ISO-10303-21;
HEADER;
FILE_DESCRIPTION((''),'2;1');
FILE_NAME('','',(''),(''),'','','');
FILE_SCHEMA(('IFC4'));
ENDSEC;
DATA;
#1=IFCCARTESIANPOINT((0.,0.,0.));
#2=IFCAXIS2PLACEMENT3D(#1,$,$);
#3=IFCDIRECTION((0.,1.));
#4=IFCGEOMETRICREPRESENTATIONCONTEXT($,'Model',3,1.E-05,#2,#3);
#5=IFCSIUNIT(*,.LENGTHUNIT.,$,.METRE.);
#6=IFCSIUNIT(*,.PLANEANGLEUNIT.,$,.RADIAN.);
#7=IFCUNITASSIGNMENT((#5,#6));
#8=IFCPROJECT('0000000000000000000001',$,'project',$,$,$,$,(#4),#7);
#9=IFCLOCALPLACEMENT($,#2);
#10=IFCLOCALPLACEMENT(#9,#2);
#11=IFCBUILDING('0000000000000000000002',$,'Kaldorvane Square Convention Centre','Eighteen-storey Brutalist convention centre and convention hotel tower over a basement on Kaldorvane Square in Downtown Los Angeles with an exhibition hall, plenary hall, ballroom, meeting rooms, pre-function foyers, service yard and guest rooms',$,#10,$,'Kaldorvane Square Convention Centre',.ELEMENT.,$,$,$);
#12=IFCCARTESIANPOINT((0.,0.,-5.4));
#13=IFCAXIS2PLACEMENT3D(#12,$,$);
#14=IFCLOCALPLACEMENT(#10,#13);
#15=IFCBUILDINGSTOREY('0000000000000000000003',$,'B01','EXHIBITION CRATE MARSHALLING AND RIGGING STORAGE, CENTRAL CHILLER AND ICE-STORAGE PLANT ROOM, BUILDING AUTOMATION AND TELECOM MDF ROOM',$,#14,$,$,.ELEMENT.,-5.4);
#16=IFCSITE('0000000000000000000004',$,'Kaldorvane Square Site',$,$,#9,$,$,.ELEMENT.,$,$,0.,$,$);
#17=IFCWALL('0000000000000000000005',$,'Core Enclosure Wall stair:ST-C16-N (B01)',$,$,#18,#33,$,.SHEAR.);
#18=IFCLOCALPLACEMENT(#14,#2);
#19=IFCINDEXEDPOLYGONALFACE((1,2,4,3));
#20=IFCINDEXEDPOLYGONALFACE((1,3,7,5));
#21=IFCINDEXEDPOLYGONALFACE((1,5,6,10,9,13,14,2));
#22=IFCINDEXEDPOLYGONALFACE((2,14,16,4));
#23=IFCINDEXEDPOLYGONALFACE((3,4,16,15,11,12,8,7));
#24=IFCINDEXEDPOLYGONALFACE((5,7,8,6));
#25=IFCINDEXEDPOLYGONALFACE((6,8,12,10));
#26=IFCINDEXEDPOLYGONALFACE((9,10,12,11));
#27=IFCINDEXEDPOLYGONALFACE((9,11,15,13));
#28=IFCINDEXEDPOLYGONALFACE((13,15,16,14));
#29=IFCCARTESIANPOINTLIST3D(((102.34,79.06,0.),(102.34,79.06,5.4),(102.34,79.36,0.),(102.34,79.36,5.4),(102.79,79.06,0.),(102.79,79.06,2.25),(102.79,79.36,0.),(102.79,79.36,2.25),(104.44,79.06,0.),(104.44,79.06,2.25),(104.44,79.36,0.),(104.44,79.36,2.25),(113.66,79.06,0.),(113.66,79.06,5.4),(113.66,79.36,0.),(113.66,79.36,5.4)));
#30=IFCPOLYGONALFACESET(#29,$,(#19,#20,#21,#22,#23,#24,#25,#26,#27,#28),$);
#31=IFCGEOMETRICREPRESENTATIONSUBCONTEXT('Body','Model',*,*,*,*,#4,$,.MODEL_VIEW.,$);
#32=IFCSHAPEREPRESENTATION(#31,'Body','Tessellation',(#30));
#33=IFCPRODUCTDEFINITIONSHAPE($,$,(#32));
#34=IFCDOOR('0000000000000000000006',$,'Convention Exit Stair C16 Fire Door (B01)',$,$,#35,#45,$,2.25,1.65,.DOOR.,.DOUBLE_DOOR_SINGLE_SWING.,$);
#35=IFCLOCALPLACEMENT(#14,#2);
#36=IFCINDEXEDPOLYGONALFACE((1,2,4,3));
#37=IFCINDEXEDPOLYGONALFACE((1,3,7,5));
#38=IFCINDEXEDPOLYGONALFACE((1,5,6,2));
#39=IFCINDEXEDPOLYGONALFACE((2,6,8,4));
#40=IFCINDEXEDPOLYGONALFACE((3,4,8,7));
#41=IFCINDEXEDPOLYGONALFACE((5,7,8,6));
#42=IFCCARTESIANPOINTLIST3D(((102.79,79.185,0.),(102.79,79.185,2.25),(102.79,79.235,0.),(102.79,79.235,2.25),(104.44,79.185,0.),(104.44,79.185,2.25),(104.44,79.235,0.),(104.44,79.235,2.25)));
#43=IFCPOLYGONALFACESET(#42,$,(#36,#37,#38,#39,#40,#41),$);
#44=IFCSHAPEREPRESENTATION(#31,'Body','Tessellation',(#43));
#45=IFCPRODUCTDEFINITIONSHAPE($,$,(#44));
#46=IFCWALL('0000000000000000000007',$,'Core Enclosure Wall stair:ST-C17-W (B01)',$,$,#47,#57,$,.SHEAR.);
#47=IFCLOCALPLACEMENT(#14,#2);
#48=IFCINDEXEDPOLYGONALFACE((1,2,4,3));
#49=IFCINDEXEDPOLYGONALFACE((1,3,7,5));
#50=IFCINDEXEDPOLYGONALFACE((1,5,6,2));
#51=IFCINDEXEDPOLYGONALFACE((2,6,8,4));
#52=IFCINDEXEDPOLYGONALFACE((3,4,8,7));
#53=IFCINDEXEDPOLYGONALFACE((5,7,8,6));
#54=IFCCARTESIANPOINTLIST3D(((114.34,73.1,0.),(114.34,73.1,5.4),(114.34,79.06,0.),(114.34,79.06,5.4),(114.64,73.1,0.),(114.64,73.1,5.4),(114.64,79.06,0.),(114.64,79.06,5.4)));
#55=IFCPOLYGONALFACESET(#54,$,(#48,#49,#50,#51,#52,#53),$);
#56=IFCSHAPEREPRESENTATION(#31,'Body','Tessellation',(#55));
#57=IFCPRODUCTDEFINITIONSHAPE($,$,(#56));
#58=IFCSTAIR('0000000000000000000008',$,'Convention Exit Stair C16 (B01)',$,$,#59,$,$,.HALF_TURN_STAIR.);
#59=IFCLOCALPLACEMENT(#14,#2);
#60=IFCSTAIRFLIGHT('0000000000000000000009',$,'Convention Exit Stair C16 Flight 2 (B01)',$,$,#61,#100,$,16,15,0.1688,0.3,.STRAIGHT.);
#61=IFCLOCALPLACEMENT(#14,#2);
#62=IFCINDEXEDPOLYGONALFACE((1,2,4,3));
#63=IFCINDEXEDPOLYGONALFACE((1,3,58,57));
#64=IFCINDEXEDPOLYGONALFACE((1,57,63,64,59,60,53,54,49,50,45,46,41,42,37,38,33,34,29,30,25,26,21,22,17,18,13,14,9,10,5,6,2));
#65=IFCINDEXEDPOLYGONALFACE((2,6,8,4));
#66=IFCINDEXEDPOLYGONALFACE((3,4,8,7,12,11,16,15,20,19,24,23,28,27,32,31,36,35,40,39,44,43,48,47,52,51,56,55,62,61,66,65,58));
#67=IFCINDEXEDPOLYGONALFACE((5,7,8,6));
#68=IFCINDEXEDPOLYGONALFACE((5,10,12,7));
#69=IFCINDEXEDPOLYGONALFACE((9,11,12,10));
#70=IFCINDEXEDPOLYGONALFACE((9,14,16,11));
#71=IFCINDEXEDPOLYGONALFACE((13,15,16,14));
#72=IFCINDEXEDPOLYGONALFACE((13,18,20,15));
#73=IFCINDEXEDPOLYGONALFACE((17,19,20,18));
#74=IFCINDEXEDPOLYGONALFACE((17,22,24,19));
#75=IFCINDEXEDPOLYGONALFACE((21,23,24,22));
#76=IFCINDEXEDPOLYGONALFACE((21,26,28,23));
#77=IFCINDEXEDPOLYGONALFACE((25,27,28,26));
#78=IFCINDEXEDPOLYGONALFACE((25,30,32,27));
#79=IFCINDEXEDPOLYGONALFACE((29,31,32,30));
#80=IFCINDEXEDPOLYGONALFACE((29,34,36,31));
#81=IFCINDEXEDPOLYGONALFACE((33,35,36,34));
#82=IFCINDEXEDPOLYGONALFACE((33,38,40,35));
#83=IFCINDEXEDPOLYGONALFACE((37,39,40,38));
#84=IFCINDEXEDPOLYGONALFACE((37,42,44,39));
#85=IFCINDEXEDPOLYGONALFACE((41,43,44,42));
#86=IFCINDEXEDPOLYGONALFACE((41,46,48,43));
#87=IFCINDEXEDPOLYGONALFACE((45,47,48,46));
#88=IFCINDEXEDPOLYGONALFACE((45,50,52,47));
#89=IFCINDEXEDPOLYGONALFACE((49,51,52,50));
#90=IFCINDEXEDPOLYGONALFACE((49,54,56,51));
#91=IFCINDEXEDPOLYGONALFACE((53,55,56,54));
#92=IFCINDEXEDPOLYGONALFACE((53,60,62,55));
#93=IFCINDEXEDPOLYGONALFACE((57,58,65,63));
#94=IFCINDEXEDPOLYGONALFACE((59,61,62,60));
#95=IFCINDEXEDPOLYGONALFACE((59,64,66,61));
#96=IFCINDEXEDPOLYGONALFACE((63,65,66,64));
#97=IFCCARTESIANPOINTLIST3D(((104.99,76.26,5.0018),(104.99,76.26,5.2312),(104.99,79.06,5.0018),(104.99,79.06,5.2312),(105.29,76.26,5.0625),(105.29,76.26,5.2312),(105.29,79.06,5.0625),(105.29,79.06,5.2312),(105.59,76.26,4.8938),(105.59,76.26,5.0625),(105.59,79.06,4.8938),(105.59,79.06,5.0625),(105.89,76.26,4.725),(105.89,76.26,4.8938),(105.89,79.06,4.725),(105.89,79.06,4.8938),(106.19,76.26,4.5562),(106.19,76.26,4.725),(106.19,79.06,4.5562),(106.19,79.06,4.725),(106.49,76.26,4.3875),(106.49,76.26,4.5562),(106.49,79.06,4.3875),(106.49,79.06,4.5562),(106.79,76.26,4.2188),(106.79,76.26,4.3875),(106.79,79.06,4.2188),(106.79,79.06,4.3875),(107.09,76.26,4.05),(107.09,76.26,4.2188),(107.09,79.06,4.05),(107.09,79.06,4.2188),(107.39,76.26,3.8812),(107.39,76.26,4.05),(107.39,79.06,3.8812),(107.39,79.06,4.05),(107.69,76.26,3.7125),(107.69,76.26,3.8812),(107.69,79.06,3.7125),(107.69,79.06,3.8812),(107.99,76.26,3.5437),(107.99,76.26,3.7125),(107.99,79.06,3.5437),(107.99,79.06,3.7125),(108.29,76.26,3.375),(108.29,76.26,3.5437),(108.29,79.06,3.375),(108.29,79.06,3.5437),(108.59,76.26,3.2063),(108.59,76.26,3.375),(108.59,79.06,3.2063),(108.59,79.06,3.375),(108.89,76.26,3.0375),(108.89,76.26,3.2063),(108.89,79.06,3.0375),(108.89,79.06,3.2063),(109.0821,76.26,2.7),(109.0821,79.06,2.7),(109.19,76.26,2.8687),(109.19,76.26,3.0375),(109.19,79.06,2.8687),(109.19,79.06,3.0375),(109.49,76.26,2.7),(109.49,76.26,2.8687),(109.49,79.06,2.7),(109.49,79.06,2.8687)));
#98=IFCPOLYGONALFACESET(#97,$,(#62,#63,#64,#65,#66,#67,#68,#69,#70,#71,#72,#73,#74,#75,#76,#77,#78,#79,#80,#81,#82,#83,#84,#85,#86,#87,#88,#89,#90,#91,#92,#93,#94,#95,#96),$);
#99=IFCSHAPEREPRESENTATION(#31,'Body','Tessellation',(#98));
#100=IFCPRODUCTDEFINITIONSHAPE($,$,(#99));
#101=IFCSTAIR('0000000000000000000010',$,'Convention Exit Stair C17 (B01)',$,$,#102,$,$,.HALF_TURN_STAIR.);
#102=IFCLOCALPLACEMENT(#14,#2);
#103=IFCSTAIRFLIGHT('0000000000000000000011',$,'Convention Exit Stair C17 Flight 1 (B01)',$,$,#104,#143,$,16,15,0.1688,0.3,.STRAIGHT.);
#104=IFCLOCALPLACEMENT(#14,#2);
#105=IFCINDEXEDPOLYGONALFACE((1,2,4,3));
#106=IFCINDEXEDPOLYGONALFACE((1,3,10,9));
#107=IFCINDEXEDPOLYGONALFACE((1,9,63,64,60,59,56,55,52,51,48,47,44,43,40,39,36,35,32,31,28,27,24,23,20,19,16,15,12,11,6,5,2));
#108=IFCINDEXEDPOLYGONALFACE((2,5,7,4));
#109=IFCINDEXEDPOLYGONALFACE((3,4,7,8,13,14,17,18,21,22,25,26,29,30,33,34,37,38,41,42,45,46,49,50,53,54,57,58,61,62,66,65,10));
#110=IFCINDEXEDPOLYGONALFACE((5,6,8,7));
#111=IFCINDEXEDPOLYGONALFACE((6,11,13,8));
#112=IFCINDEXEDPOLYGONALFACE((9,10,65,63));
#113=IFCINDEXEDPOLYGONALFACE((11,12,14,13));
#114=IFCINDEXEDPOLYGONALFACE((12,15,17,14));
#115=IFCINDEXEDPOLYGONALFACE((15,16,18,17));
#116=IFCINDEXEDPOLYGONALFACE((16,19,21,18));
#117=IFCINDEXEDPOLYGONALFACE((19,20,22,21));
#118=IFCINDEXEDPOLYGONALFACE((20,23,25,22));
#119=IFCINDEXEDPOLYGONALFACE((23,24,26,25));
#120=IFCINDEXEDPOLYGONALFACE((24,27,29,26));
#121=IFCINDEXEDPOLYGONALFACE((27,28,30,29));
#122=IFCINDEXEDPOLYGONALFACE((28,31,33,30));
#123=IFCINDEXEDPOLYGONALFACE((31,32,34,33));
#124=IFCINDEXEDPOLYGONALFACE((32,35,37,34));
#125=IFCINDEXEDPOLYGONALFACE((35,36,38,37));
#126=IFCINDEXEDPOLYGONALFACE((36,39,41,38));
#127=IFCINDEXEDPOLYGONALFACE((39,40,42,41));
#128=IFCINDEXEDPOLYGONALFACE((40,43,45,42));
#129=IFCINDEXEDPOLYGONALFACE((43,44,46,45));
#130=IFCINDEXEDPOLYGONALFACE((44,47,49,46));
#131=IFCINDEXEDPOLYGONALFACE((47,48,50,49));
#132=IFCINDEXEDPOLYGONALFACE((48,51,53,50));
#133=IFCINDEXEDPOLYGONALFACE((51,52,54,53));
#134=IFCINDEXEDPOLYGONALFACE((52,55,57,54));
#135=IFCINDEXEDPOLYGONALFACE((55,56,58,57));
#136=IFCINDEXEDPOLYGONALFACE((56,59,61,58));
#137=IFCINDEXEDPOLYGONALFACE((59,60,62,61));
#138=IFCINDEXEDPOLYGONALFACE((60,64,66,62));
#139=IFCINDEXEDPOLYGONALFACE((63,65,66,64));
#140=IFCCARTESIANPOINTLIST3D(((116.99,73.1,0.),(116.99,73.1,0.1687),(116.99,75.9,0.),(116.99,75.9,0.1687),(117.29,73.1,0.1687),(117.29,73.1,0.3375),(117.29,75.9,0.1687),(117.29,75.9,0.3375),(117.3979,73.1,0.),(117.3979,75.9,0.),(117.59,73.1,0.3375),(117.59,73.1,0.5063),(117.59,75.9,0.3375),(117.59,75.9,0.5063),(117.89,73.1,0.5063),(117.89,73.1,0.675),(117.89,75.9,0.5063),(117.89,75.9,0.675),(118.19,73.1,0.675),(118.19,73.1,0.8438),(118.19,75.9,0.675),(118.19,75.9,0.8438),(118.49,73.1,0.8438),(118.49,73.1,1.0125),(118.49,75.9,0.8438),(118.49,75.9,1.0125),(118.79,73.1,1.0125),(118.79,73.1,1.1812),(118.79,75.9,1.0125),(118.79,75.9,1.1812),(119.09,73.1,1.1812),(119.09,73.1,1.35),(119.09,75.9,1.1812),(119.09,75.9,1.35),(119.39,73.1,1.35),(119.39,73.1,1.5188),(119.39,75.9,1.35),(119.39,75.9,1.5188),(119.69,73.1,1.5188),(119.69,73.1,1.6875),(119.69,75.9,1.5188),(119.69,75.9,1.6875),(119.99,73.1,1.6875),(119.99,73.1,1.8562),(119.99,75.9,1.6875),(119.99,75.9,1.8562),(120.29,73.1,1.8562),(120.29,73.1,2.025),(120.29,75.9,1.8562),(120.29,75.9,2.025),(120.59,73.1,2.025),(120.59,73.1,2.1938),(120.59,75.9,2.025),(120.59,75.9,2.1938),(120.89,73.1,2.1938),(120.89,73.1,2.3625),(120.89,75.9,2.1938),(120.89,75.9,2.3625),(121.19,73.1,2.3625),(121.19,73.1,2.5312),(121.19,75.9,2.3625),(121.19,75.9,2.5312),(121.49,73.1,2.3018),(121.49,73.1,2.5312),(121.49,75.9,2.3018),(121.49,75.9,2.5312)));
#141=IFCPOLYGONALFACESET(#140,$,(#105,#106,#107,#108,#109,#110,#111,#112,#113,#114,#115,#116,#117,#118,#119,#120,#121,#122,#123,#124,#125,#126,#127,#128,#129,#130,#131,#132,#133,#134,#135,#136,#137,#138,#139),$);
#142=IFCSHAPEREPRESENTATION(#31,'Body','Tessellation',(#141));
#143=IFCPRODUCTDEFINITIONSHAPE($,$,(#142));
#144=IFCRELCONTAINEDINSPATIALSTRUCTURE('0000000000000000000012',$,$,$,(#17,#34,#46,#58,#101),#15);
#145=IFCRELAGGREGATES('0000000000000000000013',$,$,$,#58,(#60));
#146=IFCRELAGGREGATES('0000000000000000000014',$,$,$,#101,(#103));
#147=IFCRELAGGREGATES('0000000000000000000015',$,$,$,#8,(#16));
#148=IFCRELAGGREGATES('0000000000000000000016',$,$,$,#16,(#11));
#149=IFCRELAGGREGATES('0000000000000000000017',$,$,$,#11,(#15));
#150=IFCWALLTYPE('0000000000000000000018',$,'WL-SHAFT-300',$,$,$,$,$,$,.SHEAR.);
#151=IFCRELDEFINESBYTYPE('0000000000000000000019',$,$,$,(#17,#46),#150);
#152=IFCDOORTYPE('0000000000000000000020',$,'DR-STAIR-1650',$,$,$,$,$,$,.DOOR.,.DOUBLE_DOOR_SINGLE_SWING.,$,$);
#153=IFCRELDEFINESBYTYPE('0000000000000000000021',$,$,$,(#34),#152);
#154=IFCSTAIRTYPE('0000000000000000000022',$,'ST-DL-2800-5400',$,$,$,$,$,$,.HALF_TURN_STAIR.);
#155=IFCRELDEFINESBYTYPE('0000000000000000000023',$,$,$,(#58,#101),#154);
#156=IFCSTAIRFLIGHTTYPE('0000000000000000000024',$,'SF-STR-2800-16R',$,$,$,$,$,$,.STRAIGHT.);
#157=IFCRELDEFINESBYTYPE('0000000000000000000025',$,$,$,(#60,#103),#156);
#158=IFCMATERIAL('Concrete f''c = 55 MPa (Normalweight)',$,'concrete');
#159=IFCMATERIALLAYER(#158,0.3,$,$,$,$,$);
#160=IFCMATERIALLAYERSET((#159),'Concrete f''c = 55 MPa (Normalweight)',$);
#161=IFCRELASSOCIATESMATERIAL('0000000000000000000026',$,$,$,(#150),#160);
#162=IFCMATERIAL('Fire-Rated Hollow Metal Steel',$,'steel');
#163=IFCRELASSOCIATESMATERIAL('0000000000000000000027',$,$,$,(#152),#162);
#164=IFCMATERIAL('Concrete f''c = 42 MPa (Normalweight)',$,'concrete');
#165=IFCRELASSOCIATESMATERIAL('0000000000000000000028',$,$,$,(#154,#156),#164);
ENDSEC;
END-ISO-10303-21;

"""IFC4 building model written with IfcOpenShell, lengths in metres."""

from ifc_helpers import new_model, si_unit, direction, frame, frame_2d, origin, place, context, subcontext, project, spatial, polyline, rectangle, outline, extrude, material, layer, layer_set, type_object, element, fill, aggregate, save


model = new_model("IFC4")

# Units and contexts
model_context = context("Model", 3, precision=1e-05, world=origin(), true_north=direction((0.0, 1.0)))
body_context = subcontext(model_context, "Body", "Model", "MODEL_VIEW")
ifc_project = project(units=[si_unit("LENGTHUNIT", "METRE"), si_unit("PLANEANGLEUNIT", "RADIAN")], contexts=[model_context])

# Site, building, storey
site_placement = place(None, origin())
site = spatial("IfcSite", under=ifc_project, at=site_placement, Name="Kaldorvane Square Site", CompositionType="ELEMENT", RefElevation=0.0)
building_placement = place(site_placement, origin())
building = spatial("IfcBuilding", under=site, at=building_placement, Name="Kaldorvane Square Convention Centre", Description="Eighteen-storey Brutalist convention centre and convention hotel tower over a basement on Kaldorvane Square in Downtown Los Angeles with an exhibition hall, plenary hall, ballroom, meeting rooms, pre-function foyers, service yard and guest rooms", LongName="Kaldorvane Square Convention Centre", CompositionType="ELEMENT")
storey_placement = place(building_placement, frame((0.0, 0.0, -5.4)))
storey = spatial("IfcBuildingStorey", under=building, at=storey_placement, Name="B01", Description="EXHIBITION CRATE MARSHALLING AND RIGGING STORAGE, CENTRAL CHILLER AND ICE-STORAGE PLANT ROOM, BUILDING AUTOMATION AND TELECOM MDF ROOM", CompositionType="ELEMENT", Elevation=-5.4)

# Shared definitions
ifc_material_1 = material(Name="Concrete f'c = 42 MPa (Normalweight)", Category="concrete")

# Wall, opening, door
ifc_material_2 = material(Name="Concrete f'c = 55 MPa (Normalweight)", Category="concrete")
ifc_layer = layer(ifc_material_2, 0.3)
ifc_layer_set = layer_set([ifc_layer], Name="Concrete f'c = 55 MPa (Normalweight)")
wall_type = type_object("IfcWallType", Name="WL-SHAFT-300", PredefinedType="SHEAR", material=ifc_layer_set)
wall_1_placement = place(storey_placement, frame((113.66, 79.21, 0.0), z_axis=(0.0, 0.0, 1.0), x_axis=(-1.0, 0.0, 0.0)))
wall_1 = element("IfcWall", 1, at=wall_1_placement, inside=storey, type_object=wall_type, Name="Core Enclosure Wall stair:ST-C16-N (B01)", PredefinedType="SHEAR", context=body_context, shape_type="SweptSolid", body=[
    extrude(rectangle(XDim=11.32, YDim=0.3, at=frame_2d((5.66, 0.0))), origin(), (0.0, 0.0, 1.0), 5.4),
])
opening_placement = place(wall_1_placement, frame((9.22, 0.0, 0.0)))
opening = element("IfcOpeningElement", 2, at=opening_placement, cuts=wall_1, PredefinedType="OPENING", context=body_context, shape_type="SweptSolid", body=[
    extrude(rectangle(XDim=1.65, YDim=2.25, at=frame_2d((0.825, 1.125))), frame((0.0, 0.165, 0.0), z_axis=(0.0, -1.0, 0.0), x_axis=(1.0, 0.0, 0.0)), (0.0, 0.0, 1.0), 0.33),
])
ifc_material_3 = material(Name="Fire-Rated Hollow Metal Steel", Category="steel")
door_type = type_object("IfcDoorType", Name="DR-STAIR-1650", OperationType="DOUBLE_DOOR_SINGLE_SWING", PredefinedType="DOOR", material=ifc_material_3)
door_placement = place(opening_placement, origin())
door = element("IfcDoor", 3, at=door_placement, inside=storey, type_object=door_type, Name="Convention Exit Stair C16 Fire Door (B01)", OperationType="DOUBLE_DOOR_SINGLE_SWING", OverallHeight=2.25, OverallWidth=1.65, PredefinedType="DOOR", context=body_context, shape_type="SweptSolid", body=[
    extrude(rectangle(XDim=1.65, YDim=2.25, at=frame_2d((0.825, 1.125))), frame((0.0, 0.025, 0.0), z_axis=(0.0, -1.0, 0.0), x_axis=(1.0, 0.0, 0.0)), (0.0, 0.0, 1.0), 0.05),
])
fill(opening, door)

# Wall
wall_2_placement = place(storey_placement, frame((114.49, 79.06, 0.0), z_axis=(0.0, 0.0, 1.0), x_axis=(0.0, -1.0, 0.0)))
element("IfcWall", 4, at=wall_2_placement, inside=storey, type_object=wall_type, Name="Core Enclosure Wall stair:ST-C17-W (B01)", PredefinedType="SHEAR", context=body_context, shape_type="SweptSolid", body=[
    extrude(rectangle(XDim=5.96, YDim=0.3, at=frame_2d((2.98, 0.0))), origin(), (0.0, 0.0, 1.0), 5.4),
])

# Stairs, stair flights
stair_type = type_object("IfcStairType", Name="ST-DL-2800-5400", PredefinedType="HALF_TURN_STAIR", material=ifc_material_1)
stair_1_placement = place(storey_placement, origin())
stair_1 = element("IfcStair", 5, at=stair_1_placement, inside=storey, type_object=stair_type, Name="Convention Exit Stair C16 (B01)", PredefinedType="HALF_TURN_STAIR")
stair_flight_type = type_object("IfcStairFlightType", Name="SF-STR-2800-16R", PredefinedType="STRAIGHT", material=ifc_material_1)
stair_flight_1_placement = place(storey_placement, frame((109.49, 77.66, 2.7), z_axis=(0.0, 0.0, 1.0), x_axis=(-1.0, 0.0, 0.0)))
stair_flight_1 = element("IfcStairFlight", 6, at=stair_flight_1_placement, type_object=stair_flight_type, Name="Convention Exit Stair C16 Flight 2 (B01)", NumberOfRisers=16, NumberOfTreads=15, PredefinedType="STRAIGHT", RiserHeight=0.1688, TreadLength=0.3, context=body_context, shape_type="SweptSolid", body=[
    extrude(outline(polyline([(0.0, 0.0), (0.0, 0.1687), (0.3, 0.1687), (0.3, 0.3375), (0.6, 0.3375), (0.6, 0.5063), (0.9, 0.5063), (0.9, 0.675), (1.2, 0.675), (1.2, 0.8438), (1.5, 0.8438), (1.5, 1.0125), (1.8, 1.0125), (1.8, 1.1812), (2.1, 1.1812), (2.1, 1.35), (2.4, 1.35), (2.4, 1.5188), (2.7, 1.5188), (2.7, 1.6875), (3.0, 1.6875), (3.0, 1.8562), (3.3, 1.8562), (3.3, 2.025), (3.6, 2.025), (3.6, 2.1938), (3.9, 2.1938), (3.9, 2.3625), (4.2, 2.3625), (4.2, 2.5312), (4.5, 2.5312), (4.5, 2.7), (4.5, 2.3018), (0.4079, 0.0), (0.0, 0.0)])), frame((0.0, 1.4, 0.0), z_axis=(0.0, -1.0, 0.0), x_axis=(1.0, 0.0, 0.0)), (0.0, 0.0, 1.0), 2.8),
])
aggregate(stair_1, [stair_flight_1])
stair_2_placement = place(storey_placement, origin())
stair_2 = element("IfcStair", 7, at=stair_2_placement, inside=storey, type_object=stair_type, Name="Convention Exit Stair C17 (B01)", PredefinedType="HALF_TURN_STAIR")
stair_flight_2_placement = place(storey_placement, frame((116.99, 74.5, 0.0), z_axis=(0.0, 0.0, 1.0), x_axis=(1.0, 0.0, 0.0)))
stair_flight_2 = element("IfcStairFlight", 8, at=stair_flight_2_placement, type_object=stair_flight_type, Name="Convention Exit Stair C17 Flight 1 (B01)", NumberOfRisers=16, NumberOfTreads=15, PredefinedType="STRAIGHT", RiserHeight=0.1688, TreadLength=0.3, context=body_context, shape_type="SweptSolid", body=[
    extrude(outline(polyline([(0.0, 0.0), (0.0, 0.1687), (0.3, 0.1687), (0.3, 0.3375), (0.6, 0.3375), (0.6, 0.5063), (0.9, 0.5063), (0.9, 0.675), (1.2, 0.675), (1.2, 0.8438), (1.5, 0.8438), (1.5, 1.0125), (1.8, 1.0125), (1.8, 1.1812), (2.1, 1.1812), (2.1, 1.35), (2.4, 1.35), (2.4, 1.5188), (2.7, 1.5188), (2.7, 1.6875), (3.0, 1.6875), (3.0, 1.8562), (3.3, 1.8562), (3.3, 2.025), (3.6, 2.025), (3.6, 2.1938), (3.9, 2.1938), (3.9, 2.3625), (4.2, 2.3625), (4.2, 2.5312), (4.5, 2.5312), (4.5, 2.7), (4.5, 2.3018), (0.4079, 0.0), (0.0, 0.0)])), frame((0.0, 1.4, 0.0), z_axis=(0.0, -1.0, 0.0), x_axis=(1.0, 0.0, 0.0)), (0.0, 0.0, 1.0), 2.8),
])
aggregate(stair_2, [stair_flight_2])

save(model, "model.ifc")
